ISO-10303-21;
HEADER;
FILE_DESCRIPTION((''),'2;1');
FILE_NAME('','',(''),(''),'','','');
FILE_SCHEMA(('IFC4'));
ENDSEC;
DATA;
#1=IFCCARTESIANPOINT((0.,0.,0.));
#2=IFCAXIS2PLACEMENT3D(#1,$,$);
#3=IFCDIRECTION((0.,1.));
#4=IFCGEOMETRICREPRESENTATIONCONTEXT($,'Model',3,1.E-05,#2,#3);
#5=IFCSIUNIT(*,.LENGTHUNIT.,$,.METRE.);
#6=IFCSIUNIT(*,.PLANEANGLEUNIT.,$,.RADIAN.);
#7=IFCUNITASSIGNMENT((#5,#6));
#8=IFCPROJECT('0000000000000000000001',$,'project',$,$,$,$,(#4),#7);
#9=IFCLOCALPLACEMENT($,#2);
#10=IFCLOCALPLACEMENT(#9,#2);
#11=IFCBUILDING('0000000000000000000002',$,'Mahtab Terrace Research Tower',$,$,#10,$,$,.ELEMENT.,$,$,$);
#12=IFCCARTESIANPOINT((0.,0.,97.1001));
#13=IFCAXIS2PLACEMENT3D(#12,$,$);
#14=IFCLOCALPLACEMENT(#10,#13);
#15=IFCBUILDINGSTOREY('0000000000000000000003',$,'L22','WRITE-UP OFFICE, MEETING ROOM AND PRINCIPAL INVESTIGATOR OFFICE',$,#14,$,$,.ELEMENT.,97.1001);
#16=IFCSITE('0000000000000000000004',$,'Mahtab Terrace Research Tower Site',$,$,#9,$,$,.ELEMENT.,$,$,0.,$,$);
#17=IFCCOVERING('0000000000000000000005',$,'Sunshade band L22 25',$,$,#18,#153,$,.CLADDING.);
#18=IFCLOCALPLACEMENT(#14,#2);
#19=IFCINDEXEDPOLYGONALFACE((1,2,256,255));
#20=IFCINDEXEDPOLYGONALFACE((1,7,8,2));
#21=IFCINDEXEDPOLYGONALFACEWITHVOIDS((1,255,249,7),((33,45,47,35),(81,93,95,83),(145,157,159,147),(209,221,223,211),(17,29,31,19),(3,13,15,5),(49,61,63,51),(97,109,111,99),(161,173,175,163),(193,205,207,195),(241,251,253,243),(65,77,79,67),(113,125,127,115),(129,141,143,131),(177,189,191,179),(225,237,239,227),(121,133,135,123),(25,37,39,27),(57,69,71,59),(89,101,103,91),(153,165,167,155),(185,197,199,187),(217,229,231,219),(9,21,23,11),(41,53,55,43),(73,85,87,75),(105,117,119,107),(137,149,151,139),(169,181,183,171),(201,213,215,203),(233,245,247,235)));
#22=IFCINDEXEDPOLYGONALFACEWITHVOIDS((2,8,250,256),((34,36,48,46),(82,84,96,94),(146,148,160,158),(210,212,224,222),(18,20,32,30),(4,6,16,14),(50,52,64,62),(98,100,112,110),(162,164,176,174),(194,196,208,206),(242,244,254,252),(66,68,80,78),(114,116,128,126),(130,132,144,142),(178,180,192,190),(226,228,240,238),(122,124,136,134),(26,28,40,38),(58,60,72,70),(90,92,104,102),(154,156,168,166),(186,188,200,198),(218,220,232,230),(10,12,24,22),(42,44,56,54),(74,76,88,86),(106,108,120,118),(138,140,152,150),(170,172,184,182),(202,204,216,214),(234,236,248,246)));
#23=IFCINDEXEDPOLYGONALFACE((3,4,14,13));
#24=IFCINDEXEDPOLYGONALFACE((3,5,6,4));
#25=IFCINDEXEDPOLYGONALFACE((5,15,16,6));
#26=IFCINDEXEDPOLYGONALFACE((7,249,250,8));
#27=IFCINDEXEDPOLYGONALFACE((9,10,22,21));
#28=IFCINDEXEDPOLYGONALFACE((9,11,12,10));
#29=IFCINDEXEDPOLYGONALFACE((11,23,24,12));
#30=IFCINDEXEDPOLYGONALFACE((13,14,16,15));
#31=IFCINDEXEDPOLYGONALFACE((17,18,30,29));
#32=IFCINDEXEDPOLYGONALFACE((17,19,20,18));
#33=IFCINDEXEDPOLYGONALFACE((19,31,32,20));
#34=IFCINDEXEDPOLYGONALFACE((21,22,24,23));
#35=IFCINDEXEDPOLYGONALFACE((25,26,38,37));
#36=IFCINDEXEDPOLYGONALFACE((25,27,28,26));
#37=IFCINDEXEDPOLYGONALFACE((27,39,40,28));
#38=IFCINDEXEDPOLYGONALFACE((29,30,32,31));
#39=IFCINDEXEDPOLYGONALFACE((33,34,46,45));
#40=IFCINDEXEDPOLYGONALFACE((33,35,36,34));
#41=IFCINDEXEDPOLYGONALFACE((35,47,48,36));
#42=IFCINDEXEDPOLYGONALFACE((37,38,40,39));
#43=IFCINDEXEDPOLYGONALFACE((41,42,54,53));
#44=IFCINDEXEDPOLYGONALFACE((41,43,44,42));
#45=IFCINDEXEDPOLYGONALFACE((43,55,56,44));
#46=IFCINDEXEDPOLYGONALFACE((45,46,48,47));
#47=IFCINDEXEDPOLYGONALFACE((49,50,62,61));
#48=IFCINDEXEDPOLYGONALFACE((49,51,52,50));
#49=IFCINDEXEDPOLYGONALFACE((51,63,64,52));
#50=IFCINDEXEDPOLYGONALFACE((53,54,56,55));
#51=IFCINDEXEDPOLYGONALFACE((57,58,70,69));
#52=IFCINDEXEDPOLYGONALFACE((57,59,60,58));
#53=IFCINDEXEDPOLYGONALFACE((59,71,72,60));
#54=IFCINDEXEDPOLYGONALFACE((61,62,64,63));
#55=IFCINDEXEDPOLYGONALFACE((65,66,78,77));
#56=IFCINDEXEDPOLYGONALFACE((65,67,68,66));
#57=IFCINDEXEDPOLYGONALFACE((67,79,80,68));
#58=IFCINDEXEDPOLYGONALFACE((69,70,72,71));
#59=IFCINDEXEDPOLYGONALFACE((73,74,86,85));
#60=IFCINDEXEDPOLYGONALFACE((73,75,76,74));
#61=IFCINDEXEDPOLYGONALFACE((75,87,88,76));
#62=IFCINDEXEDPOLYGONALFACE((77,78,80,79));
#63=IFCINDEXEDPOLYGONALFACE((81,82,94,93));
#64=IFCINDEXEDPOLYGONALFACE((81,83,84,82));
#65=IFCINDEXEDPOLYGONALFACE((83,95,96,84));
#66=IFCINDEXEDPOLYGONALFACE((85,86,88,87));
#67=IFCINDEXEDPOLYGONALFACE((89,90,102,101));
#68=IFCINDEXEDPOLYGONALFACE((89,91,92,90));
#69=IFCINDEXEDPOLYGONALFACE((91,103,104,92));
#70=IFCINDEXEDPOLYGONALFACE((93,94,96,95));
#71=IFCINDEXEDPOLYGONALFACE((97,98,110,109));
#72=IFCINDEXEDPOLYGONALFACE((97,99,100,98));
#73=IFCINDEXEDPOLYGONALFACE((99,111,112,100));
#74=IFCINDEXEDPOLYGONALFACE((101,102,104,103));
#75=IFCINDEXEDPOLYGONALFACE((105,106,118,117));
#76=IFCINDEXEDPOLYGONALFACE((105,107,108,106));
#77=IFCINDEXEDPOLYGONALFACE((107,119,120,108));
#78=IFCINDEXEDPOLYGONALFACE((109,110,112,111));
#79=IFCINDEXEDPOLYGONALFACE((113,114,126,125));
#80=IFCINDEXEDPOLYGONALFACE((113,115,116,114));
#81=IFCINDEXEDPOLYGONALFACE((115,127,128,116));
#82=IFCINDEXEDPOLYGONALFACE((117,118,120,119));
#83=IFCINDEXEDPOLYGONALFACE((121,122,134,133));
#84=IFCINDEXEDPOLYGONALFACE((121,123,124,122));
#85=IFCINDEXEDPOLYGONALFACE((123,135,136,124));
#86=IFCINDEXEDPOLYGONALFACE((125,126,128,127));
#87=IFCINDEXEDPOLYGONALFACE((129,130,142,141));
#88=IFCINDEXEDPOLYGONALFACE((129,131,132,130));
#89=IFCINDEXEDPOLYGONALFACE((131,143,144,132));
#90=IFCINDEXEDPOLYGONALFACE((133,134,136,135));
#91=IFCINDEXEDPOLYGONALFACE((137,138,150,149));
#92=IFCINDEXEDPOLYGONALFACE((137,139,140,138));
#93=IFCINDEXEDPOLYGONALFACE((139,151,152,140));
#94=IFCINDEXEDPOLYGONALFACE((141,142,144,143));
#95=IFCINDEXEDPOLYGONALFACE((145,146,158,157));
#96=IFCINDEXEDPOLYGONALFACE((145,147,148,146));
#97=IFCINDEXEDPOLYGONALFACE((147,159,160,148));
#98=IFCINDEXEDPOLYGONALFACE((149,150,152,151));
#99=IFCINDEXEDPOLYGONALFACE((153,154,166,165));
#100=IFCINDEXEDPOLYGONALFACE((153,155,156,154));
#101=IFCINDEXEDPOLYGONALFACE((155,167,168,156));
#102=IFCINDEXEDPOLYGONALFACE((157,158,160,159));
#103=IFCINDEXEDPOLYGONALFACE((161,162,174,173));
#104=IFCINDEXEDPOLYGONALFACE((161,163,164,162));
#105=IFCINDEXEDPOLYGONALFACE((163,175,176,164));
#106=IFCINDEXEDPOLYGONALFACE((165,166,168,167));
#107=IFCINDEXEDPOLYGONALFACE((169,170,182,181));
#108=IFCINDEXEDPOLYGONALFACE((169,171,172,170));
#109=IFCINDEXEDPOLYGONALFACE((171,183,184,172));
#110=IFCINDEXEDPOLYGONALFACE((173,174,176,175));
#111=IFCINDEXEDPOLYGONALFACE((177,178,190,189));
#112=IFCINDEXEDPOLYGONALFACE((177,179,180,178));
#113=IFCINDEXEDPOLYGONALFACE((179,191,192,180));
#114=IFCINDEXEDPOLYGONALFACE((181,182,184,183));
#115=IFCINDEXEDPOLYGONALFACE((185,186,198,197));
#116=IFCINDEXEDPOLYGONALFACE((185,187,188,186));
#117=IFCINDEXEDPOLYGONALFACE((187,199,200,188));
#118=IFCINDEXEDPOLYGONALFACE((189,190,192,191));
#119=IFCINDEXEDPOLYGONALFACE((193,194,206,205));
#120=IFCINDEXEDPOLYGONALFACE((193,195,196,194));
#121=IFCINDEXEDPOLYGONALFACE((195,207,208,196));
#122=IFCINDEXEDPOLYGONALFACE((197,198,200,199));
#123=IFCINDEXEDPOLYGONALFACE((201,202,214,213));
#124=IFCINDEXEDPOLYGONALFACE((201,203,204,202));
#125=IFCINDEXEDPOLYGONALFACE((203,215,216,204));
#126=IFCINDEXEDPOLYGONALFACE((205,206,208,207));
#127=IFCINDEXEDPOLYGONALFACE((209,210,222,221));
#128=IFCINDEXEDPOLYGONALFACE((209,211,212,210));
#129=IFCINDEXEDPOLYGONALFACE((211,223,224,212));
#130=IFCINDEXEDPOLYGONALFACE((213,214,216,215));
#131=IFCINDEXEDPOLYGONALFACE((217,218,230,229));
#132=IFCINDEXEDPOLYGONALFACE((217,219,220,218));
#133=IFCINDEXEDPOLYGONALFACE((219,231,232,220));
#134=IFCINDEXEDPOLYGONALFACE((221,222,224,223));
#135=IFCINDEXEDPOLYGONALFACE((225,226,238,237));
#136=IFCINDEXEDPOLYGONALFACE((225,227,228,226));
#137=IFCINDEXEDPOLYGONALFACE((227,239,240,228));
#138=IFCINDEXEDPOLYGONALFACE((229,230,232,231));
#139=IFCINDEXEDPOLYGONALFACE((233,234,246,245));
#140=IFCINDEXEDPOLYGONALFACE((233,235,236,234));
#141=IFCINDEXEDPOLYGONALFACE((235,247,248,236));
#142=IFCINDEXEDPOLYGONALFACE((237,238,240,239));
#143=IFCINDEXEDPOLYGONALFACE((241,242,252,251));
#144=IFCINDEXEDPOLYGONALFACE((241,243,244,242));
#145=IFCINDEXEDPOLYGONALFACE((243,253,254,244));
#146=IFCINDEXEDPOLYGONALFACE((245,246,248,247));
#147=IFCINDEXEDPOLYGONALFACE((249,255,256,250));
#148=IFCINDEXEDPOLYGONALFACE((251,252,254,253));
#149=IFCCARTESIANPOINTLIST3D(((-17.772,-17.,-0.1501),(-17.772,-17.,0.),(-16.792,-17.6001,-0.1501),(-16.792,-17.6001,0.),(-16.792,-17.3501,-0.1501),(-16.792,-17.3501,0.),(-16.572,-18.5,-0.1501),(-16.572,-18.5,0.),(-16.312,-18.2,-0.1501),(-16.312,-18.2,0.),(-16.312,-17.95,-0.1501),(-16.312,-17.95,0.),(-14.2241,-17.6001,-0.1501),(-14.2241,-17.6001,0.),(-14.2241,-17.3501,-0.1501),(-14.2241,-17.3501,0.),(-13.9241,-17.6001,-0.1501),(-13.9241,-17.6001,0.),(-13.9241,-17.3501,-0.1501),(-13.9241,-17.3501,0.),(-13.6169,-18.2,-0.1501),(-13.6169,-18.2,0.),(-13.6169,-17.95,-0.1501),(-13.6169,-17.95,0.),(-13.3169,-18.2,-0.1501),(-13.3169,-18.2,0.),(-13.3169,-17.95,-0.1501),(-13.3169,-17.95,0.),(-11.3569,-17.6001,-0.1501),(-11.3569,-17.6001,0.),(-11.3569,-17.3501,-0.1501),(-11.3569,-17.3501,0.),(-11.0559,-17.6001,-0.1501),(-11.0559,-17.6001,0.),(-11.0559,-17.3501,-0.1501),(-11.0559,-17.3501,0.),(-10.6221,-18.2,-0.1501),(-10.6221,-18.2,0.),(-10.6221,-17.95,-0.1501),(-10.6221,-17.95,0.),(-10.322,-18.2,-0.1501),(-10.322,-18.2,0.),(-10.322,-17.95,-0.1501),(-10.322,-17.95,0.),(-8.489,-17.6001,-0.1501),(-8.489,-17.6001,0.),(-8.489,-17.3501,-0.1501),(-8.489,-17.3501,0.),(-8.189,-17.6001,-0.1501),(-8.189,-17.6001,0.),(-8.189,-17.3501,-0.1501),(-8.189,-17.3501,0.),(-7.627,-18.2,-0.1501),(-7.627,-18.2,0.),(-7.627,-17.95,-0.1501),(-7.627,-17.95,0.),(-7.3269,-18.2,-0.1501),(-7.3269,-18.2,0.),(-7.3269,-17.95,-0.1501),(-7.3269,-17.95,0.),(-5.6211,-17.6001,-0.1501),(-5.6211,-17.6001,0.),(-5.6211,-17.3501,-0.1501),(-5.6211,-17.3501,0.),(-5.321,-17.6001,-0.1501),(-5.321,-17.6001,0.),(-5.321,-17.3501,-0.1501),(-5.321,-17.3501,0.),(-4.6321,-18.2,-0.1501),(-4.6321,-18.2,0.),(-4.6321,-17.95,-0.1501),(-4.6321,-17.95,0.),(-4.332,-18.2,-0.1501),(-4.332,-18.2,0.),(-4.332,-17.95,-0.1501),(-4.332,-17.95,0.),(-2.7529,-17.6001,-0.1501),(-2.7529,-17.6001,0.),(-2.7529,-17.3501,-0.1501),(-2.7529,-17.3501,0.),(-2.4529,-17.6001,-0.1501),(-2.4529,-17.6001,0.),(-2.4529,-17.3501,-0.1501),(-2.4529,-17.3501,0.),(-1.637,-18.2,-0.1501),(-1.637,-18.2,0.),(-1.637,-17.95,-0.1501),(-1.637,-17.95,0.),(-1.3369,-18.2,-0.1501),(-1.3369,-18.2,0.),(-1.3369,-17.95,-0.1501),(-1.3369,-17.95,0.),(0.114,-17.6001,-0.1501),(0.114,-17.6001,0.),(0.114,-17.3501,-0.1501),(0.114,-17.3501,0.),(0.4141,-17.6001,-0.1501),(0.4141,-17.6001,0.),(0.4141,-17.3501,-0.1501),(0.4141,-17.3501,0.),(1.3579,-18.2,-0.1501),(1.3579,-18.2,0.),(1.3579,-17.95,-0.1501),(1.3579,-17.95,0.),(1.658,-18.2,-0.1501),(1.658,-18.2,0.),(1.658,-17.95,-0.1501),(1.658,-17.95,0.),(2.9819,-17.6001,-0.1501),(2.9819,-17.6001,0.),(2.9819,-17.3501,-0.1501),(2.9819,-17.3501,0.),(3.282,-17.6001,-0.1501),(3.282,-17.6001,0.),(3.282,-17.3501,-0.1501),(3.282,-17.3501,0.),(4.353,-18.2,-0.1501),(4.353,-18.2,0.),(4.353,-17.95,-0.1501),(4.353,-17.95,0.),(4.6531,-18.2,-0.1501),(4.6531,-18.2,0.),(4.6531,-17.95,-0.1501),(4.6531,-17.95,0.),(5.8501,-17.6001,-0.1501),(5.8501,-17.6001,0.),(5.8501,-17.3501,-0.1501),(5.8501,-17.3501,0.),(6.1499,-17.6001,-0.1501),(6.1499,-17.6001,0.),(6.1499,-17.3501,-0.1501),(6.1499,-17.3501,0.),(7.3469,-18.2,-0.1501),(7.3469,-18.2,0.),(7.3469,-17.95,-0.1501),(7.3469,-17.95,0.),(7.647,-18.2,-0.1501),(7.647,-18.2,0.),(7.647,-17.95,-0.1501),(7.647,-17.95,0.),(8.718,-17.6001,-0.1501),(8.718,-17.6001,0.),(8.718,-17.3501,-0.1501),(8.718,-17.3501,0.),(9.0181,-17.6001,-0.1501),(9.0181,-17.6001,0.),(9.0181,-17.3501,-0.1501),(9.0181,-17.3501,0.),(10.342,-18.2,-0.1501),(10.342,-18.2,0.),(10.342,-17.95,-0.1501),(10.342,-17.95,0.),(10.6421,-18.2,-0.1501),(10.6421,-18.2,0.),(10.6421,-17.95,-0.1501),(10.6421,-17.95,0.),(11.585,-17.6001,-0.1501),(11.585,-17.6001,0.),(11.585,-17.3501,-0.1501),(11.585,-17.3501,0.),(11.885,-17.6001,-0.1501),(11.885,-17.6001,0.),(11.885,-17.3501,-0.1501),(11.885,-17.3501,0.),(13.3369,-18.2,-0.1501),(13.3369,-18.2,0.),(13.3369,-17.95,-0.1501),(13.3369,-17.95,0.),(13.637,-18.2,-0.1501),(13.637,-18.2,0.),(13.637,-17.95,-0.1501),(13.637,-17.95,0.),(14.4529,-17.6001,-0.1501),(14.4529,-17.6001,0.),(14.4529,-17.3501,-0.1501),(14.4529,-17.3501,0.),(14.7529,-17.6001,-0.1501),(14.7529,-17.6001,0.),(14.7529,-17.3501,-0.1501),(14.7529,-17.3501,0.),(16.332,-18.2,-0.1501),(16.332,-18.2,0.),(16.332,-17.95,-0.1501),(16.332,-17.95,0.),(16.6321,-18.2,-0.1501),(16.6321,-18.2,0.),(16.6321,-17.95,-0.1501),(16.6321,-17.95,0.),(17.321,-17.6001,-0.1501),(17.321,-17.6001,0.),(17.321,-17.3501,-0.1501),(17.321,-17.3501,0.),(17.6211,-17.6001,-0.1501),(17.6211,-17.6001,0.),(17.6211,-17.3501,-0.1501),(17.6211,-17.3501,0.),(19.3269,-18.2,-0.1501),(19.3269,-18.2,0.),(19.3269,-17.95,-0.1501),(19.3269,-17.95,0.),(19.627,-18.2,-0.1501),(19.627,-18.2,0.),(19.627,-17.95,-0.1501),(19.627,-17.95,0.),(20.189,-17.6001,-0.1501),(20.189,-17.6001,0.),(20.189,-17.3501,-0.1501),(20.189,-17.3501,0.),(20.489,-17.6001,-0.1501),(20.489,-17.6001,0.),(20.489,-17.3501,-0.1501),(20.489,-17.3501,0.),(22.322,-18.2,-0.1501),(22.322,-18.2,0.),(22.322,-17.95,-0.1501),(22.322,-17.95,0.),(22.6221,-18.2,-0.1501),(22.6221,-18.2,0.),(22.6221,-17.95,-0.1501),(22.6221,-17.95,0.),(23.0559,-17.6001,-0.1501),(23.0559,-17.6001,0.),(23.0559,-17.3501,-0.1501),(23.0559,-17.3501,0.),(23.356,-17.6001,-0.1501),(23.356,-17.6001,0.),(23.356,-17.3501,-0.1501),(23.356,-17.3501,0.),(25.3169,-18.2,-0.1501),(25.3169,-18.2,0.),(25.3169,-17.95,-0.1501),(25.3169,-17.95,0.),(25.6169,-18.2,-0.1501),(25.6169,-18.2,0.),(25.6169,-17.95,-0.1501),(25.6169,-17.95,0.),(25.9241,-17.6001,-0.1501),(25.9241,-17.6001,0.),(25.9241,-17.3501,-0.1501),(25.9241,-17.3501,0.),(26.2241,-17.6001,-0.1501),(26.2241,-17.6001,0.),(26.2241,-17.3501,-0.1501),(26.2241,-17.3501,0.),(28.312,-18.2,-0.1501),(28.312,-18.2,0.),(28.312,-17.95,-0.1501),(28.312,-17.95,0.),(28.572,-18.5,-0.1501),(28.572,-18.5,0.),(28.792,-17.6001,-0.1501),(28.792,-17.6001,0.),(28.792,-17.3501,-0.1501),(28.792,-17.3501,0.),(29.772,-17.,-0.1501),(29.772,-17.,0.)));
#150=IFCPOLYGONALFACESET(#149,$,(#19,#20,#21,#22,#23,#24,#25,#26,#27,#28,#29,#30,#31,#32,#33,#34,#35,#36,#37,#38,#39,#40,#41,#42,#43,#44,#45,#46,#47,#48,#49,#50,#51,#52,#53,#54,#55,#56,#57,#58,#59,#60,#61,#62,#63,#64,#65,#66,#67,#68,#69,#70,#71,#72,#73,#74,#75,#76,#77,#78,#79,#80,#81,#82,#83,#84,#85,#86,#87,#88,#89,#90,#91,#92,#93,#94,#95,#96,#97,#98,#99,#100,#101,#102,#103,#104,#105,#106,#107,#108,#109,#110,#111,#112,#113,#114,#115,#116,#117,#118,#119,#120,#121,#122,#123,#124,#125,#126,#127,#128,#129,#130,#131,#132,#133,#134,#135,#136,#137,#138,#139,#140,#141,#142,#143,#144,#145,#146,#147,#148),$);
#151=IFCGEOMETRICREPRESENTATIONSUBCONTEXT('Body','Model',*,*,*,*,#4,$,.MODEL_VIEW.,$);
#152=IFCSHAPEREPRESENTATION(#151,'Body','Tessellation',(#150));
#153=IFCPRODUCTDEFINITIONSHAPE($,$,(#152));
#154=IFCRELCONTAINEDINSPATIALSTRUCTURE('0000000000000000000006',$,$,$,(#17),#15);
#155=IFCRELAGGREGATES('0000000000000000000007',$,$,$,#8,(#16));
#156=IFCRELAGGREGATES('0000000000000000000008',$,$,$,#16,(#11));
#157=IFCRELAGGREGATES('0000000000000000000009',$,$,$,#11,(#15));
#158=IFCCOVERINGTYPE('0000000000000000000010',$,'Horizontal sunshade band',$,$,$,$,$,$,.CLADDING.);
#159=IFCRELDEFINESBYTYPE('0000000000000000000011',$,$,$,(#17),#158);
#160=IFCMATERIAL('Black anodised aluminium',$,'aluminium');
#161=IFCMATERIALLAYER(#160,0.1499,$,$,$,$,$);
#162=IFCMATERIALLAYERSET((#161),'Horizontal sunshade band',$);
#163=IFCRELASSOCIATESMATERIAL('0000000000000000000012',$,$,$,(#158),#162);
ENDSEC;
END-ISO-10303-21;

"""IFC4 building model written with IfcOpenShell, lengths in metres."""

from ifc_helpers import new_model, si_unit, direction, frame, origin, place, context, subcontext, project, spatial, polyline, outline, extrude, material, layer, layer_set, type_object, element, save


model = new_model("IFC4")

# Units and contexts
model_context = context("Model", 3, precision=1e-05, world=origin(), true_north=direction((0.0, 1.0)))
body_context = subcontext(model_context, "Body", "Model", "MODEL_VIEW")
ifc_project = project(units=[si_unit("LENGTHUNIT", "METRE"), si_unit("PLANEANGLEUNIT", "RADIAN")], contexts=[model_context])

# Site, building, storey
site_placement = place(None, origin())
site = spatial("IfcSite", under=ifc_project, at=site_placement, Name="Mahtab Terrace Research Tower Site", CompositionType="ELEMENT", RefElevation=0.0)
building_placement = place(site_placement, origin())
building = spatial("IfcBuilding", under=site, at=building_placement, Name="Mahtab Terrace Research Tower", CompositionType="ELEMENT")
storey_placement = place(building_placement, frame((0.0, 0.0, 97.1001)))
storey = spatial("IfcBuildingStorey", under=building, at=storey_placement, Name="L22", Description="WRITE-UP OFFICE, MEETING ROOM AND PRINCIPAL INVESTIGATOR OFFICE", CompositionType="ELEMENT", Elevation=97.1001)

# Covering
ifc_material_1 = material(Name="Black anodised aluminium", Category="aluminium")
ifc_layer_1 = layer(ifc_material_1, 0.1499)
ifc_layer_set_1 = layer_set([ifc_layer_1], Name="Horizontal sunshade band")
covering_type_1 = type_object("IfcCoveringType", Name="Horizontal sunshade band", PredefinedType="CLADDING", material=ifc_layer_set_1)
covering_1_placement = place(storey_placement, frame((0.0, 0.0, -0.1501)))
element("IfcCovering", 1, at=covering_1_placement, inside=storey, type_object=covering_type_1, Name="Sunshade band L22 25", PredefinedType="CLADDING", context=body_context, shape_type="SweptSolid", body=[
    extrude(outline(polyline([(-17.772, -17.0), (29.772, -17.0), (28.572, -18.5), (-16.572, -18.5), (-17.772, -17.0)]), holes=[polyline([(-16.792, -17.3501), (-14.2241, -17.3501), (-14.2241, -17.6001), (-16.792, -17.6001), (-16.792, -17.3501)]), polyline([(-13.9241, -17.3501), (-11.3569, -17.3501), (-11.3569, -17.6001), (-13.9241, -17.6001), (-13.9241, -17.3501)]), polyline([(-11.0559, -17.3501), (-8.489, -17.3501), (-8.489, -17.6001), (-11.0559, -17.6001), (-11.0559, -17.3501)]), polyline([(-8.189, -17.3501), (-5.6211, -17.3501), (-5.6211, -17.6001), (-8.189, -17.6001), (-8.189, -17.3501)]), polyline([(-5.321, -17.3501), (-2.7529, -17.3501), (-2.7529, -17.6001), (-5.321, -17.6001), (-5.321, -17.3501)]), polyline([(-2.4529, -17.3501), (0.114, -17.3501), (0.114, -17.6001), (-2.4529, -17.6001), (-2.4529, -17.3501)]), polyline([(0.4141, -17.3501), (2.9819, -17.3501), (2.9819, -17.6001), (0.4141, -17.6001), (0.4141, -17.3501)]), polyline([(3.282, -17.3501), (5.8501, -17.3501), (5.8501, -17.6001), (3.282, -17.6001), (3.282, -17.3501)]), polyline([(6.1499, -17.3501), (8.718, -17.3501), (8.718, -17.6001), (6.1499, -17.6001), (6.1499, -17.3501)]), polyline([(9.0181, -17.3501), (11.585, -17.3501), (11.585, -17.6001), (9.0181, -17.6001), (9.0181, -17.3501)]), polyline([(11.885, -17.3501), (14.4529, -17.3501), (14.4529, -17.6001), (11.885, -17.6001), (11.885, -17.3501)]), polyline([(14.7529, -17.3501), (17.321, -17.3501), (17.321, -17.6001), (14.7529, -17.6001), (14.7529, -17.3501)]), polyline([(17.6211, -17.3501), (20.189, -17.3501), (20.189, -17.6001), (17.6211, -17.6001), (17.6211, -17.3501)]), polyline([(20.489, -17.3501), (23.0559, -17.3501), (23.0559, -17.6001), (20.489, -17.6001), (20.489, -17.3501)]), polyline([(23.356, -17.3501), (25.9241, -17.3501), (25.9241, -17.6001), (23.356, -17.6001), (23.356, -17.3501)]), polyline([(26.2241, -17.3501), (28.792, -17.3501), (28.792, -17.6001), (26.2241, -17.6001), (26.2241, -17.3501)]), polyline([(-16.312, -17.95), (-13.6169, -17.95), (-13.6169, -18.2), (-16.312, -18.2), (-16.312, -17.95)]), polyline([(-13.3169, -17.95), (-10.6221, -17.95), (-10.6221, -18.2), (-13.3169, -18.2), (-13.3169, -17.95)]), polyline([(-10.322, -17.95), (-7.627, -17.95), (-7.627, -18.2), (-10.322, -18.2), (-10.322, -17.95)]), polyline([(-7.3269, -17.95), (-4.6321, -17.95), (-4.6321, -18.2), (-7.3269, -18.2), (-7.3269, -17.95)]), polyline([(-4.332, -17.95), (-1.637, -17.95), (-1.637, -18.2), (-4.332, -18.2), (-4.332, -17.95)]), polyline([(-1.3369, -17.95), (1.3579, -17.95), (1.3579, -18.2), (-1.3369, -18.2), (-1.3369, -17.95)]), polyline([(1.658, -17.95), (4.353, -17.95), (4.353, -18.2), (1.658, -18.2), (1.658, -17.95)]), polyline([(4.6531, -17.95), (7.3469, -17.95), (7.3469, -18.2), (4.6531, -18.2), (4.6531, -17.95)]), polyline([(7.647, -17.95), (10.342, -17.95), (10.342, -18.2), (7.647, -18.2), (7.647, -17.95)]), polyline([(10.6421, -17.95), (13.3369, -17.95), (13.3369, -18.2), (10.6421, -18.2), (10.6421, -17.95)]), polyline([(13.637, -17.95), (16.332, -17.95), (16.332, -18.2), (13.637, -18.2), (13.637, -17.95)]), polyline([(16.6321, -17.95), (19.3269, -17.95), (19.3269, -18.2), (16.6321, -18.2), (16.6321, -17.95)]), polyline([(19.627, -17.95), (22.322, -17.95), (22.322, -18.2), (19.627, -18.2), (19.627, -17.95)]), polyline([(22.6221, -17.95), (25.3169, -17.95), (25.3169, -18.2), (22.6221, -18.2), (22.6221, -17.95)]), polyline([(25.6169, -17.95), (28.312, -17.95), (28.312, -18.2), (25.6169, -18.2), (25.6169, -17.95)])]), origin(), (0.0, 0.0, 1.0), 0.1501),
])

save(model, "model.ifc")
